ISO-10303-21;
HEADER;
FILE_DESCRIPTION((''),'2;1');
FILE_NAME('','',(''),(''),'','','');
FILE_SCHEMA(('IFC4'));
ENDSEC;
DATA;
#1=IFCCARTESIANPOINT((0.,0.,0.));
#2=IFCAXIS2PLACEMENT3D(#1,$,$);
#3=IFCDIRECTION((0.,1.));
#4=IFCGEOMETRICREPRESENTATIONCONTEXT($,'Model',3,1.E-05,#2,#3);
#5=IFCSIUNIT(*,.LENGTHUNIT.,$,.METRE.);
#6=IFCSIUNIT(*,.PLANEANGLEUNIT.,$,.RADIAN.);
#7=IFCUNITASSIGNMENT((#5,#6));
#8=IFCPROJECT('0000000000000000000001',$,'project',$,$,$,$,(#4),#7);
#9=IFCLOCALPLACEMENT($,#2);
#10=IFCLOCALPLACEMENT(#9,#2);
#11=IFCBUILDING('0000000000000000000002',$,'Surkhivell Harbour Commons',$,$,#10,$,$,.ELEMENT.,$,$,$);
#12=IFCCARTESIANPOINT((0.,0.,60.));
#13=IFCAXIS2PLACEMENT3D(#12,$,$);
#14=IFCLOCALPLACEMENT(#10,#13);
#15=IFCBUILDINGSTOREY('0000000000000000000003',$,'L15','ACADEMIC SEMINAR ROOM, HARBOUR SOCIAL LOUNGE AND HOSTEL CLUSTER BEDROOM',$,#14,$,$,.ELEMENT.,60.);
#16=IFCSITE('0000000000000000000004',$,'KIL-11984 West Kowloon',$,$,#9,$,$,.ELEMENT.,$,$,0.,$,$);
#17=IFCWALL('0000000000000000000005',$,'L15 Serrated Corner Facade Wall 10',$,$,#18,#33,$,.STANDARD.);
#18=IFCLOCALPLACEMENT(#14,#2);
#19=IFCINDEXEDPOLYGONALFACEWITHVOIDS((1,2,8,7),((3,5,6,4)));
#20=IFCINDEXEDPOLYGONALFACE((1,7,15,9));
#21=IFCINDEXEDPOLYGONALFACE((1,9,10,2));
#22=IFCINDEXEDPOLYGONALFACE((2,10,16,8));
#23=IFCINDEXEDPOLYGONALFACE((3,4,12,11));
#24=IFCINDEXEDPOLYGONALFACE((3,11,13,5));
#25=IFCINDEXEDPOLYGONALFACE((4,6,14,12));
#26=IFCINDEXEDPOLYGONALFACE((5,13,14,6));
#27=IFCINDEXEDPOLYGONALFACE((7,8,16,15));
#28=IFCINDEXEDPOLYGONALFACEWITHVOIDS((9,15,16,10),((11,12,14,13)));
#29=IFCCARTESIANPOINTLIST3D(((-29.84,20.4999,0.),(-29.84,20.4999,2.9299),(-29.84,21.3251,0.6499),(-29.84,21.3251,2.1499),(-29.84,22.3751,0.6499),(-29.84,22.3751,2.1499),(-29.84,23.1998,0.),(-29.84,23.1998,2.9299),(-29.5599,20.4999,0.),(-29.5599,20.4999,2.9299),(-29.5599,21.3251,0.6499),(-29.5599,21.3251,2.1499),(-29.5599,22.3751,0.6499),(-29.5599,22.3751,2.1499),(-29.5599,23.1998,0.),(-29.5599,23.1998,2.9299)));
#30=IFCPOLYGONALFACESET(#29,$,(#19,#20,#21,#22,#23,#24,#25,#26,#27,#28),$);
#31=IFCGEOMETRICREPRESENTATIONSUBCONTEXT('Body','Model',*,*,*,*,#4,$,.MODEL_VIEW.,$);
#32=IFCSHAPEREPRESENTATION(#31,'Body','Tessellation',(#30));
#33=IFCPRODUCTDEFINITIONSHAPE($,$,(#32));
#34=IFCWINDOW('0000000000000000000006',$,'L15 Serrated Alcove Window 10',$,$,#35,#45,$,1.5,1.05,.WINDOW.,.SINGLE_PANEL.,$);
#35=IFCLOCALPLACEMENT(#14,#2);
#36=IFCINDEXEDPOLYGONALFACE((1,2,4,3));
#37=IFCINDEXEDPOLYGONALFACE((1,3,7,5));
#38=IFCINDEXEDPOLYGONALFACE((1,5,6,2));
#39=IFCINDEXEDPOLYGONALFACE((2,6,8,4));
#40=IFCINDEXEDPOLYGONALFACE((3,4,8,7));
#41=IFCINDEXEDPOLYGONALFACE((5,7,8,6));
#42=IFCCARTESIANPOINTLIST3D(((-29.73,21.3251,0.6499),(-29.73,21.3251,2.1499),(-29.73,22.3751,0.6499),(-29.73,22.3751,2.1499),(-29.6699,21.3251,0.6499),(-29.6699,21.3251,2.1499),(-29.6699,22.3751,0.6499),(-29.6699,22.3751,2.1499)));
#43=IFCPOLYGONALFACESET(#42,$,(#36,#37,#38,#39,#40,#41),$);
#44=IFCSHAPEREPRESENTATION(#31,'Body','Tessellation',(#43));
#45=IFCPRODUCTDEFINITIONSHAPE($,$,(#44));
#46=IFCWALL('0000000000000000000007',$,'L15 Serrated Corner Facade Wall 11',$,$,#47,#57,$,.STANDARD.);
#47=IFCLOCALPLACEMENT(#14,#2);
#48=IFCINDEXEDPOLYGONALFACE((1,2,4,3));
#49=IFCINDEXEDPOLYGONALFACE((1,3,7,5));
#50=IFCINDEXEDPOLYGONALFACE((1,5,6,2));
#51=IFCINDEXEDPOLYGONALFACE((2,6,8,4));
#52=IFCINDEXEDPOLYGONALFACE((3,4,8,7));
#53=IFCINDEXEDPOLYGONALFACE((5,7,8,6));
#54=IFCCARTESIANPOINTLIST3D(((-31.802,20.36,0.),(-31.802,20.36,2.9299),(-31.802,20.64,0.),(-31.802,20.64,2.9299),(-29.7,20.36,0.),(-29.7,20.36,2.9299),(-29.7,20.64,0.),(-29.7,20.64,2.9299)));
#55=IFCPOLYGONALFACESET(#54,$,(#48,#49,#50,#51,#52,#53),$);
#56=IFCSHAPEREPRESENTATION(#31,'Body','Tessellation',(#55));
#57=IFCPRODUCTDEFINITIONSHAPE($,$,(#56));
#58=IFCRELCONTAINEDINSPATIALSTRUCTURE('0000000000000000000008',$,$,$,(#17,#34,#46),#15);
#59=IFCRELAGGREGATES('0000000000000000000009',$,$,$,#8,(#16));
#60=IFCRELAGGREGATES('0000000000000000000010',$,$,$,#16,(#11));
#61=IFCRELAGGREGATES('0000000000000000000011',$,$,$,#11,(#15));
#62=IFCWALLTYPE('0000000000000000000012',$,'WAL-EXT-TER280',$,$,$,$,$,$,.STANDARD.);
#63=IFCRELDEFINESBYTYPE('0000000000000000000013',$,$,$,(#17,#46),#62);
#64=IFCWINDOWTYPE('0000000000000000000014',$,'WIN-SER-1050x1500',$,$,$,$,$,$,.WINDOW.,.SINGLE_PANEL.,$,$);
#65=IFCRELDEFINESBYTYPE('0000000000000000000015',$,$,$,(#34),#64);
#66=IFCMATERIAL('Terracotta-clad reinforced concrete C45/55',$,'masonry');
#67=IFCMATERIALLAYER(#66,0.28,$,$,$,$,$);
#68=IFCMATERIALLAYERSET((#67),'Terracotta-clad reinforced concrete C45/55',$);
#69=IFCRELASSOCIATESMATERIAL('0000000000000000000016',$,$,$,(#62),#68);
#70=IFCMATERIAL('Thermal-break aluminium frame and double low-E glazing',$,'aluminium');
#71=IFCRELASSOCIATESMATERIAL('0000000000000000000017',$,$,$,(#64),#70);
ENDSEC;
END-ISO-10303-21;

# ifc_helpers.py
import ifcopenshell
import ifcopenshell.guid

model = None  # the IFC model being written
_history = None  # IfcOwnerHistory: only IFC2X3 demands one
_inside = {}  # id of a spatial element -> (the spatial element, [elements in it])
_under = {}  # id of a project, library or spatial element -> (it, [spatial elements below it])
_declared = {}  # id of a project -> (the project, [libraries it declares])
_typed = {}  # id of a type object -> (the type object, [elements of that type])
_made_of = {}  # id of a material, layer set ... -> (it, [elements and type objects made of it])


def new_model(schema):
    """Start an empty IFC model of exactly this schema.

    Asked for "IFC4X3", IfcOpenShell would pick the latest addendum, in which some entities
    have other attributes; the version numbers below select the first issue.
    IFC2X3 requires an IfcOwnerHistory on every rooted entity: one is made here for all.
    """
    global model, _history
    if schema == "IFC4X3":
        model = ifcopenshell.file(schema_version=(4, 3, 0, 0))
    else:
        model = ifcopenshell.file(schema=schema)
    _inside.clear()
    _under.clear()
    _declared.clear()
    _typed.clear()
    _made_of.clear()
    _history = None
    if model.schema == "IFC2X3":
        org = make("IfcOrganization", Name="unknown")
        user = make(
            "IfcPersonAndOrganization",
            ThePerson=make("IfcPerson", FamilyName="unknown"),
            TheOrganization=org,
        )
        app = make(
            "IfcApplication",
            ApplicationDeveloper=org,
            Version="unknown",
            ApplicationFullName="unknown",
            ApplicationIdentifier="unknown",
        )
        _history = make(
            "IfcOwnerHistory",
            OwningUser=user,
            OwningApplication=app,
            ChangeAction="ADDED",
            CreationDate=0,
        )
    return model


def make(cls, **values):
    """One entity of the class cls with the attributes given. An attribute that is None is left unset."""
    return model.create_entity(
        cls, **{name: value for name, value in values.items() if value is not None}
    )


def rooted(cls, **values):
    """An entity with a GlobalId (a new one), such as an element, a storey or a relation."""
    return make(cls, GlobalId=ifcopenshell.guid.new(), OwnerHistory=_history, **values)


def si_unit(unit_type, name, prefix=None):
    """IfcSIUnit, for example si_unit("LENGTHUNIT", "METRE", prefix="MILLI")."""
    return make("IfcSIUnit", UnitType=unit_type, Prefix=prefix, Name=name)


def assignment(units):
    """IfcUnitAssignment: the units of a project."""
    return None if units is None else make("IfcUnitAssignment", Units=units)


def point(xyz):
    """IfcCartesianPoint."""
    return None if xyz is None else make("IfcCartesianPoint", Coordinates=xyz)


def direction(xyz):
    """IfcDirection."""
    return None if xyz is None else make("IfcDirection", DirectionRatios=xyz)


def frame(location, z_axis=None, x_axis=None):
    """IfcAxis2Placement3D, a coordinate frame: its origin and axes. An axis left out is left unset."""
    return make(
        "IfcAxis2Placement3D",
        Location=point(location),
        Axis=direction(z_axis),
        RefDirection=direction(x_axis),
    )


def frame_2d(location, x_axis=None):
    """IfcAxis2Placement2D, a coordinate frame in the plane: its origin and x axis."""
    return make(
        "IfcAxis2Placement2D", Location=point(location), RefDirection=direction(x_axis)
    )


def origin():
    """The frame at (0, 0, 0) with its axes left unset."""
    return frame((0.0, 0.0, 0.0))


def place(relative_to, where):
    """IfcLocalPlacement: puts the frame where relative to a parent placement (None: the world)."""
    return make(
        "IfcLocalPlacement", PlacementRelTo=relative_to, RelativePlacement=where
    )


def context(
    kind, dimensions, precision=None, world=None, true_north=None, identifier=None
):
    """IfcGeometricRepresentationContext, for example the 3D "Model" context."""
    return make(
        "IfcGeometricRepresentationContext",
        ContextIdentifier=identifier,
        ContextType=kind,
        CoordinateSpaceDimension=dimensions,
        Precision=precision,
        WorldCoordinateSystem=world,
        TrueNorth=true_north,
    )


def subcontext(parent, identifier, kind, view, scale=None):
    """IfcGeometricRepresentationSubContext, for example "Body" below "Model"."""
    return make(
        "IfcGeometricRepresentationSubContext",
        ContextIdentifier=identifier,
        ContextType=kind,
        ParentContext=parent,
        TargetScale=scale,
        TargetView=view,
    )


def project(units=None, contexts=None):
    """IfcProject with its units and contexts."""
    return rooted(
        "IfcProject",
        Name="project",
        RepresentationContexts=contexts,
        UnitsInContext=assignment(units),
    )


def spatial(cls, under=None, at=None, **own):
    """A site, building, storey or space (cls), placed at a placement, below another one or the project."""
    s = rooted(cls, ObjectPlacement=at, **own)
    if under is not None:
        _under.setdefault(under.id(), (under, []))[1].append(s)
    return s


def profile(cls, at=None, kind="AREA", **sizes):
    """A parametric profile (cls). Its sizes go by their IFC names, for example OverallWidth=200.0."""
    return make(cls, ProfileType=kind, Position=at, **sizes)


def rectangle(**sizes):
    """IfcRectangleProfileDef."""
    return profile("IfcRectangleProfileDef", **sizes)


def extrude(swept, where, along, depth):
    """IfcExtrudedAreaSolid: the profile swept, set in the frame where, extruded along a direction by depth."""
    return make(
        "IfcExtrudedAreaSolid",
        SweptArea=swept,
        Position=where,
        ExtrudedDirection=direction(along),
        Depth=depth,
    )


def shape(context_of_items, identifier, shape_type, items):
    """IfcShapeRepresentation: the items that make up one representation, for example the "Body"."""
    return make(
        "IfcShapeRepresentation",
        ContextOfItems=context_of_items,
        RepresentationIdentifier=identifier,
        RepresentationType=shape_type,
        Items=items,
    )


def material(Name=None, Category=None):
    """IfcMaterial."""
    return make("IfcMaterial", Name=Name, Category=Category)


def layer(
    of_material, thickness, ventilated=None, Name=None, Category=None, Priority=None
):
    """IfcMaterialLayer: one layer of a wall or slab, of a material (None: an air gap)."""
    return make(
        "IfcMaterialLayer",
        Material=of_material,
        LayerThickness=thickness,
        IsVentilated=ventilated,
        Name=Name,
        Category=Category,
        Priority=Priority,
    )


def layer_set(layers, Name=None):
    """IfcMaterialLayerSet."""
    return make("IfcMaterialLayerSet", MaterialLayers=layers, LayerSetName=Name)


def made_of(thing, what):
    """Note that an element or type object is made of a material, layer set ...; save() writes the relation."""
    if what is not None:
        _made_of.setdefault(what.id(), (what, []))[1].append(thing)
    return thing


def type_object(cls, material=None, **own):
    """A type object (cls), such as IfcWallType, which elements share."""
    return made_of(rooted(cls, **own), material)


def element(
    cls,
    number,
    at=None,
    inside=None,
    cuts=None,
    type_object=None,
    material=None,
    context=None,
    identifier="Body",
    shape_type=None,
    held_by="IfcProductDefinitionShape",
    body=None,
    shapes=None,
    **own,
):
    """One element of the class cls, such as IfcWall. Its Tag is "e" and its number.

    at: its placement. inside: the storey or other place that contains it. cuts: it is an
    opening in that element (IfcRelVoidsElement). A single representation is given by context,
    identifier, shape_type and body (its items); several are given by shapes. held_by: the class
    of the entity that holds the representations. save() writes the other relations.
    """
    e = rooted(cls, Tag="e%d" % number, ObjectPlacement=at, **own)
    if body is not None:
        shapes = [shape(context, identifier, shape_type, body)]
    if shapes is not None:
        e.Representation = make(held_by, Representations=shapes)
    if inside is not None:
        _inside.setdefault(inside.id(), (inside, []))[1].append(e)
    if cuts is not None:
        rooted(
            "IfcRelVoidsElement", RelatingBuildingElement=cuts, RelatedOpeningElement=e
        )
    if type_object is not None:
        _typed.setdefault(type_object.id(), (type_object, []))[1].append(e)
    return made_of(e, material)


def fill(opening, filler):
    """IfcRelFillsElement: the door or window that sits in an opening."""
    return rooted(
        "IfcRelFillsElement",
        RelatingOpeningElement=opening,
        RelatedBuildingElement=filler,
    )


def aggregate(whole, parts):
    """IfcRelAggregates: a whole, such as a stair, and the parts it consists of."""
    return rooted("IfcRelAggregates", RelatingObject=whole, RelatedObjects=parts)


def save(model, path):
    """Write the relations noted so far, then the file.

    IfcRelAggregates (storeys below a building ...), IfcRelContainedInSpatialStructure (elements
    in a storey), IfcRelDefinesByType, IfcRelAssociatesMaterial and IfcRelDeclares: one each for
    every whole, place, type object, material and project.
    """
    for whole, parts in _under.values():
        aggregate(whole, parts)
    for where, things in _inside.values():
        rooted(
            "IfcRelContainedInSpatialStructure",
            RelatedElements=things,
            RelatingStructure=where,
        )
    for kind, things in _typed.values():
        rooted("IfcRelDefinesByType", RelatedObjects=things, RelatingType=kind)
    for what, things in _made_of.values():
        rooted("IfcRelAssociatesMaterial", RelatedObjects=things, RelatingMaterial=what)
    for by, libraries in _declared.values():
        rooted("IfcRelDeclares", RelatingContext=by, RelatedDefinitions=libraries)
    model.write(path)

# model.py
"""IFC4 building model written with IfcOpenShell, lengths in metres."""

from ifc_helpers import new_model, si_unit, direction, frame, frame_2d, origin, place, context, subcontext, project, spatial, rectangle, extrude, material, layer, layer_set, type_object, element, fill, save


model = new_model("IFC4")

# Units and contexts
model_context = context("Model", 3, precision=1e-05, world=origin(), true_north=direction((0.0, 1.0)))
body_context = subcontext(model_context, "Body", "Model", "MODEL_VIEW")
ifc_project = project(units=[si_unit("LENGTHUNIT", "METRE"), si_unit("PLANEANGLEUNIT", "RADIAN")], contexts=[model_context])

# Site, building, storey
site_placement = place(None, origin())
site = spatial("IfcSite", under=ifc_project, at=site_placement, Name="KIL-11984 West Kowloon", CompositionType="ELEMENT", RefElevation=0.0)
building_placement = place(site_placement, origin())
building = spatial("IfcBuilding", under=site, at=building_placement, Name="Surkhivell Harbour Commons", CompositionType="ELEMENT")
storey_placement = place(building_placement, frame((0.0, 0.0, 60.0)))
storey = spatial("IfcBuildingStorey", under=building, at=storey_placement, Name="L15", Description="ACADEMIC SEMINAR ROOM, HARBOUR SOCIAL LOUNGE AND HOSTEL CLUSTER BEDROOM", CompositionType="ELEMENT", Elevation=60.0)

# Shared definitions
ifc_material_1 = material(Name="Terracotta-clad reinforced concrete C45/55", Category="masonry")
ifc_layer_1 = layer(ifc_material_1, 0.28)
ifc_layer_set_1 = layer_set([ifc_layer_1], Name="Terracotta-clad reinforced concrete C45/55")
wall_type = type_object("IfcWallType", Name="WAL-EXT-TER280", PredefinedType="STANDARD", material=ifc_layer_set_1)

# Wall, opening, window
wall_1_placement = place(storey_placement, frame((-29.7, 23.2, 0.0), z_axis=(0.0, 0.0, 1.0), x_axis=(0.0, -1.0, 0.0)))
wall_1 = element("IfcWall", 1, at=wall_1_placement, inside=storey, type_object=wall_type, Name="L15 Serrated Corner Facade Wall 10", PredefinedType="STANDARD", context=body_context, shape_type="SweptSolid", body=[
    extrude(rectangle(XDim=2.7, YDim=0.28, at=frame_2d((1.3501, 0.0))), origin(), (0.0, 0.0, 1.0), 2.9299),
])
opening_placement = place(wall_1_placement, frame((0.825, 0.0, 0.6499)))
opening = element("IfcOpeningElement", 2, at=opening_placement, cuts=wall_1, PredefinedType="OPENING", context=body_context, shape_type="SweptSolid", body=[
    extrude(rectangle(XDim=1.05, YDim=1.5, at=frame_2d((0.5249, 0.75))), frame((0.0, 0.1499, 0.0), z_axis=(0.0, -1.0, 0.0), x_axis=(1.0, 0.0, 0.0)), (0.0, 0.0, 1.0), 0.3),
])
ifc_material_2 = material(Name="Thermal-break aluminium frame and double low-E glazing", Category="aluminium")
window_type = type_object("IfcWindowType", Name="WIN-SER-1050x1500", PartitioningType="SINGLE_PANEL", PredefinedType="WINDOW", material=ifc_material_2)
window_placement = place(opening_placement, origin())
window = element("IfcWindow", 3, at=window_placement, inside=storey, type_object=window_type, Name="L15 Serrated Alcove Window 10", OverallHeight=1.5, OverallWidth=1.05, PartitioningType="SINGLE_PANEL", PredefinedType="WINDOW", context=body_context, shape_type="SweptSolid", body=[
    extrude(rectangle(XDim=1.05, YDim=1.5, at=frame_2d((0.5249, 0.75))), frame((0.0, 0.03, 0.0), z_axis=(0.0, -1.0, 0.0), x_axis=(1.0, 0.0, 0.0)), (0.0, 0.0, 1.0), 0.0601),
])
fill(opening, window)

# Wall
wall_2_placement = place(storey_placement, frame((-29.7, 20.5, 0.0), z_axis=(0.0, 0.0, 1.0), x_axis=(-1.0, 0.0, 0.0)))
element("IfcWall", 4, at=wall_2_placement, inside=storey, type_object=wall_type, Name="L15 Serrated Corner Facade Wall 11", PredefinedType="STANDARD", context=body_context, shape_type="SweptSolid", body=[
    extrude(rectangle(XDim=2.1021, YDim=0.28, at=frame_2d((1.051, 0.0))), origin(), (0.0, 0.0, 1.0), 2.9299),
])

save(model, "model.ifc")
